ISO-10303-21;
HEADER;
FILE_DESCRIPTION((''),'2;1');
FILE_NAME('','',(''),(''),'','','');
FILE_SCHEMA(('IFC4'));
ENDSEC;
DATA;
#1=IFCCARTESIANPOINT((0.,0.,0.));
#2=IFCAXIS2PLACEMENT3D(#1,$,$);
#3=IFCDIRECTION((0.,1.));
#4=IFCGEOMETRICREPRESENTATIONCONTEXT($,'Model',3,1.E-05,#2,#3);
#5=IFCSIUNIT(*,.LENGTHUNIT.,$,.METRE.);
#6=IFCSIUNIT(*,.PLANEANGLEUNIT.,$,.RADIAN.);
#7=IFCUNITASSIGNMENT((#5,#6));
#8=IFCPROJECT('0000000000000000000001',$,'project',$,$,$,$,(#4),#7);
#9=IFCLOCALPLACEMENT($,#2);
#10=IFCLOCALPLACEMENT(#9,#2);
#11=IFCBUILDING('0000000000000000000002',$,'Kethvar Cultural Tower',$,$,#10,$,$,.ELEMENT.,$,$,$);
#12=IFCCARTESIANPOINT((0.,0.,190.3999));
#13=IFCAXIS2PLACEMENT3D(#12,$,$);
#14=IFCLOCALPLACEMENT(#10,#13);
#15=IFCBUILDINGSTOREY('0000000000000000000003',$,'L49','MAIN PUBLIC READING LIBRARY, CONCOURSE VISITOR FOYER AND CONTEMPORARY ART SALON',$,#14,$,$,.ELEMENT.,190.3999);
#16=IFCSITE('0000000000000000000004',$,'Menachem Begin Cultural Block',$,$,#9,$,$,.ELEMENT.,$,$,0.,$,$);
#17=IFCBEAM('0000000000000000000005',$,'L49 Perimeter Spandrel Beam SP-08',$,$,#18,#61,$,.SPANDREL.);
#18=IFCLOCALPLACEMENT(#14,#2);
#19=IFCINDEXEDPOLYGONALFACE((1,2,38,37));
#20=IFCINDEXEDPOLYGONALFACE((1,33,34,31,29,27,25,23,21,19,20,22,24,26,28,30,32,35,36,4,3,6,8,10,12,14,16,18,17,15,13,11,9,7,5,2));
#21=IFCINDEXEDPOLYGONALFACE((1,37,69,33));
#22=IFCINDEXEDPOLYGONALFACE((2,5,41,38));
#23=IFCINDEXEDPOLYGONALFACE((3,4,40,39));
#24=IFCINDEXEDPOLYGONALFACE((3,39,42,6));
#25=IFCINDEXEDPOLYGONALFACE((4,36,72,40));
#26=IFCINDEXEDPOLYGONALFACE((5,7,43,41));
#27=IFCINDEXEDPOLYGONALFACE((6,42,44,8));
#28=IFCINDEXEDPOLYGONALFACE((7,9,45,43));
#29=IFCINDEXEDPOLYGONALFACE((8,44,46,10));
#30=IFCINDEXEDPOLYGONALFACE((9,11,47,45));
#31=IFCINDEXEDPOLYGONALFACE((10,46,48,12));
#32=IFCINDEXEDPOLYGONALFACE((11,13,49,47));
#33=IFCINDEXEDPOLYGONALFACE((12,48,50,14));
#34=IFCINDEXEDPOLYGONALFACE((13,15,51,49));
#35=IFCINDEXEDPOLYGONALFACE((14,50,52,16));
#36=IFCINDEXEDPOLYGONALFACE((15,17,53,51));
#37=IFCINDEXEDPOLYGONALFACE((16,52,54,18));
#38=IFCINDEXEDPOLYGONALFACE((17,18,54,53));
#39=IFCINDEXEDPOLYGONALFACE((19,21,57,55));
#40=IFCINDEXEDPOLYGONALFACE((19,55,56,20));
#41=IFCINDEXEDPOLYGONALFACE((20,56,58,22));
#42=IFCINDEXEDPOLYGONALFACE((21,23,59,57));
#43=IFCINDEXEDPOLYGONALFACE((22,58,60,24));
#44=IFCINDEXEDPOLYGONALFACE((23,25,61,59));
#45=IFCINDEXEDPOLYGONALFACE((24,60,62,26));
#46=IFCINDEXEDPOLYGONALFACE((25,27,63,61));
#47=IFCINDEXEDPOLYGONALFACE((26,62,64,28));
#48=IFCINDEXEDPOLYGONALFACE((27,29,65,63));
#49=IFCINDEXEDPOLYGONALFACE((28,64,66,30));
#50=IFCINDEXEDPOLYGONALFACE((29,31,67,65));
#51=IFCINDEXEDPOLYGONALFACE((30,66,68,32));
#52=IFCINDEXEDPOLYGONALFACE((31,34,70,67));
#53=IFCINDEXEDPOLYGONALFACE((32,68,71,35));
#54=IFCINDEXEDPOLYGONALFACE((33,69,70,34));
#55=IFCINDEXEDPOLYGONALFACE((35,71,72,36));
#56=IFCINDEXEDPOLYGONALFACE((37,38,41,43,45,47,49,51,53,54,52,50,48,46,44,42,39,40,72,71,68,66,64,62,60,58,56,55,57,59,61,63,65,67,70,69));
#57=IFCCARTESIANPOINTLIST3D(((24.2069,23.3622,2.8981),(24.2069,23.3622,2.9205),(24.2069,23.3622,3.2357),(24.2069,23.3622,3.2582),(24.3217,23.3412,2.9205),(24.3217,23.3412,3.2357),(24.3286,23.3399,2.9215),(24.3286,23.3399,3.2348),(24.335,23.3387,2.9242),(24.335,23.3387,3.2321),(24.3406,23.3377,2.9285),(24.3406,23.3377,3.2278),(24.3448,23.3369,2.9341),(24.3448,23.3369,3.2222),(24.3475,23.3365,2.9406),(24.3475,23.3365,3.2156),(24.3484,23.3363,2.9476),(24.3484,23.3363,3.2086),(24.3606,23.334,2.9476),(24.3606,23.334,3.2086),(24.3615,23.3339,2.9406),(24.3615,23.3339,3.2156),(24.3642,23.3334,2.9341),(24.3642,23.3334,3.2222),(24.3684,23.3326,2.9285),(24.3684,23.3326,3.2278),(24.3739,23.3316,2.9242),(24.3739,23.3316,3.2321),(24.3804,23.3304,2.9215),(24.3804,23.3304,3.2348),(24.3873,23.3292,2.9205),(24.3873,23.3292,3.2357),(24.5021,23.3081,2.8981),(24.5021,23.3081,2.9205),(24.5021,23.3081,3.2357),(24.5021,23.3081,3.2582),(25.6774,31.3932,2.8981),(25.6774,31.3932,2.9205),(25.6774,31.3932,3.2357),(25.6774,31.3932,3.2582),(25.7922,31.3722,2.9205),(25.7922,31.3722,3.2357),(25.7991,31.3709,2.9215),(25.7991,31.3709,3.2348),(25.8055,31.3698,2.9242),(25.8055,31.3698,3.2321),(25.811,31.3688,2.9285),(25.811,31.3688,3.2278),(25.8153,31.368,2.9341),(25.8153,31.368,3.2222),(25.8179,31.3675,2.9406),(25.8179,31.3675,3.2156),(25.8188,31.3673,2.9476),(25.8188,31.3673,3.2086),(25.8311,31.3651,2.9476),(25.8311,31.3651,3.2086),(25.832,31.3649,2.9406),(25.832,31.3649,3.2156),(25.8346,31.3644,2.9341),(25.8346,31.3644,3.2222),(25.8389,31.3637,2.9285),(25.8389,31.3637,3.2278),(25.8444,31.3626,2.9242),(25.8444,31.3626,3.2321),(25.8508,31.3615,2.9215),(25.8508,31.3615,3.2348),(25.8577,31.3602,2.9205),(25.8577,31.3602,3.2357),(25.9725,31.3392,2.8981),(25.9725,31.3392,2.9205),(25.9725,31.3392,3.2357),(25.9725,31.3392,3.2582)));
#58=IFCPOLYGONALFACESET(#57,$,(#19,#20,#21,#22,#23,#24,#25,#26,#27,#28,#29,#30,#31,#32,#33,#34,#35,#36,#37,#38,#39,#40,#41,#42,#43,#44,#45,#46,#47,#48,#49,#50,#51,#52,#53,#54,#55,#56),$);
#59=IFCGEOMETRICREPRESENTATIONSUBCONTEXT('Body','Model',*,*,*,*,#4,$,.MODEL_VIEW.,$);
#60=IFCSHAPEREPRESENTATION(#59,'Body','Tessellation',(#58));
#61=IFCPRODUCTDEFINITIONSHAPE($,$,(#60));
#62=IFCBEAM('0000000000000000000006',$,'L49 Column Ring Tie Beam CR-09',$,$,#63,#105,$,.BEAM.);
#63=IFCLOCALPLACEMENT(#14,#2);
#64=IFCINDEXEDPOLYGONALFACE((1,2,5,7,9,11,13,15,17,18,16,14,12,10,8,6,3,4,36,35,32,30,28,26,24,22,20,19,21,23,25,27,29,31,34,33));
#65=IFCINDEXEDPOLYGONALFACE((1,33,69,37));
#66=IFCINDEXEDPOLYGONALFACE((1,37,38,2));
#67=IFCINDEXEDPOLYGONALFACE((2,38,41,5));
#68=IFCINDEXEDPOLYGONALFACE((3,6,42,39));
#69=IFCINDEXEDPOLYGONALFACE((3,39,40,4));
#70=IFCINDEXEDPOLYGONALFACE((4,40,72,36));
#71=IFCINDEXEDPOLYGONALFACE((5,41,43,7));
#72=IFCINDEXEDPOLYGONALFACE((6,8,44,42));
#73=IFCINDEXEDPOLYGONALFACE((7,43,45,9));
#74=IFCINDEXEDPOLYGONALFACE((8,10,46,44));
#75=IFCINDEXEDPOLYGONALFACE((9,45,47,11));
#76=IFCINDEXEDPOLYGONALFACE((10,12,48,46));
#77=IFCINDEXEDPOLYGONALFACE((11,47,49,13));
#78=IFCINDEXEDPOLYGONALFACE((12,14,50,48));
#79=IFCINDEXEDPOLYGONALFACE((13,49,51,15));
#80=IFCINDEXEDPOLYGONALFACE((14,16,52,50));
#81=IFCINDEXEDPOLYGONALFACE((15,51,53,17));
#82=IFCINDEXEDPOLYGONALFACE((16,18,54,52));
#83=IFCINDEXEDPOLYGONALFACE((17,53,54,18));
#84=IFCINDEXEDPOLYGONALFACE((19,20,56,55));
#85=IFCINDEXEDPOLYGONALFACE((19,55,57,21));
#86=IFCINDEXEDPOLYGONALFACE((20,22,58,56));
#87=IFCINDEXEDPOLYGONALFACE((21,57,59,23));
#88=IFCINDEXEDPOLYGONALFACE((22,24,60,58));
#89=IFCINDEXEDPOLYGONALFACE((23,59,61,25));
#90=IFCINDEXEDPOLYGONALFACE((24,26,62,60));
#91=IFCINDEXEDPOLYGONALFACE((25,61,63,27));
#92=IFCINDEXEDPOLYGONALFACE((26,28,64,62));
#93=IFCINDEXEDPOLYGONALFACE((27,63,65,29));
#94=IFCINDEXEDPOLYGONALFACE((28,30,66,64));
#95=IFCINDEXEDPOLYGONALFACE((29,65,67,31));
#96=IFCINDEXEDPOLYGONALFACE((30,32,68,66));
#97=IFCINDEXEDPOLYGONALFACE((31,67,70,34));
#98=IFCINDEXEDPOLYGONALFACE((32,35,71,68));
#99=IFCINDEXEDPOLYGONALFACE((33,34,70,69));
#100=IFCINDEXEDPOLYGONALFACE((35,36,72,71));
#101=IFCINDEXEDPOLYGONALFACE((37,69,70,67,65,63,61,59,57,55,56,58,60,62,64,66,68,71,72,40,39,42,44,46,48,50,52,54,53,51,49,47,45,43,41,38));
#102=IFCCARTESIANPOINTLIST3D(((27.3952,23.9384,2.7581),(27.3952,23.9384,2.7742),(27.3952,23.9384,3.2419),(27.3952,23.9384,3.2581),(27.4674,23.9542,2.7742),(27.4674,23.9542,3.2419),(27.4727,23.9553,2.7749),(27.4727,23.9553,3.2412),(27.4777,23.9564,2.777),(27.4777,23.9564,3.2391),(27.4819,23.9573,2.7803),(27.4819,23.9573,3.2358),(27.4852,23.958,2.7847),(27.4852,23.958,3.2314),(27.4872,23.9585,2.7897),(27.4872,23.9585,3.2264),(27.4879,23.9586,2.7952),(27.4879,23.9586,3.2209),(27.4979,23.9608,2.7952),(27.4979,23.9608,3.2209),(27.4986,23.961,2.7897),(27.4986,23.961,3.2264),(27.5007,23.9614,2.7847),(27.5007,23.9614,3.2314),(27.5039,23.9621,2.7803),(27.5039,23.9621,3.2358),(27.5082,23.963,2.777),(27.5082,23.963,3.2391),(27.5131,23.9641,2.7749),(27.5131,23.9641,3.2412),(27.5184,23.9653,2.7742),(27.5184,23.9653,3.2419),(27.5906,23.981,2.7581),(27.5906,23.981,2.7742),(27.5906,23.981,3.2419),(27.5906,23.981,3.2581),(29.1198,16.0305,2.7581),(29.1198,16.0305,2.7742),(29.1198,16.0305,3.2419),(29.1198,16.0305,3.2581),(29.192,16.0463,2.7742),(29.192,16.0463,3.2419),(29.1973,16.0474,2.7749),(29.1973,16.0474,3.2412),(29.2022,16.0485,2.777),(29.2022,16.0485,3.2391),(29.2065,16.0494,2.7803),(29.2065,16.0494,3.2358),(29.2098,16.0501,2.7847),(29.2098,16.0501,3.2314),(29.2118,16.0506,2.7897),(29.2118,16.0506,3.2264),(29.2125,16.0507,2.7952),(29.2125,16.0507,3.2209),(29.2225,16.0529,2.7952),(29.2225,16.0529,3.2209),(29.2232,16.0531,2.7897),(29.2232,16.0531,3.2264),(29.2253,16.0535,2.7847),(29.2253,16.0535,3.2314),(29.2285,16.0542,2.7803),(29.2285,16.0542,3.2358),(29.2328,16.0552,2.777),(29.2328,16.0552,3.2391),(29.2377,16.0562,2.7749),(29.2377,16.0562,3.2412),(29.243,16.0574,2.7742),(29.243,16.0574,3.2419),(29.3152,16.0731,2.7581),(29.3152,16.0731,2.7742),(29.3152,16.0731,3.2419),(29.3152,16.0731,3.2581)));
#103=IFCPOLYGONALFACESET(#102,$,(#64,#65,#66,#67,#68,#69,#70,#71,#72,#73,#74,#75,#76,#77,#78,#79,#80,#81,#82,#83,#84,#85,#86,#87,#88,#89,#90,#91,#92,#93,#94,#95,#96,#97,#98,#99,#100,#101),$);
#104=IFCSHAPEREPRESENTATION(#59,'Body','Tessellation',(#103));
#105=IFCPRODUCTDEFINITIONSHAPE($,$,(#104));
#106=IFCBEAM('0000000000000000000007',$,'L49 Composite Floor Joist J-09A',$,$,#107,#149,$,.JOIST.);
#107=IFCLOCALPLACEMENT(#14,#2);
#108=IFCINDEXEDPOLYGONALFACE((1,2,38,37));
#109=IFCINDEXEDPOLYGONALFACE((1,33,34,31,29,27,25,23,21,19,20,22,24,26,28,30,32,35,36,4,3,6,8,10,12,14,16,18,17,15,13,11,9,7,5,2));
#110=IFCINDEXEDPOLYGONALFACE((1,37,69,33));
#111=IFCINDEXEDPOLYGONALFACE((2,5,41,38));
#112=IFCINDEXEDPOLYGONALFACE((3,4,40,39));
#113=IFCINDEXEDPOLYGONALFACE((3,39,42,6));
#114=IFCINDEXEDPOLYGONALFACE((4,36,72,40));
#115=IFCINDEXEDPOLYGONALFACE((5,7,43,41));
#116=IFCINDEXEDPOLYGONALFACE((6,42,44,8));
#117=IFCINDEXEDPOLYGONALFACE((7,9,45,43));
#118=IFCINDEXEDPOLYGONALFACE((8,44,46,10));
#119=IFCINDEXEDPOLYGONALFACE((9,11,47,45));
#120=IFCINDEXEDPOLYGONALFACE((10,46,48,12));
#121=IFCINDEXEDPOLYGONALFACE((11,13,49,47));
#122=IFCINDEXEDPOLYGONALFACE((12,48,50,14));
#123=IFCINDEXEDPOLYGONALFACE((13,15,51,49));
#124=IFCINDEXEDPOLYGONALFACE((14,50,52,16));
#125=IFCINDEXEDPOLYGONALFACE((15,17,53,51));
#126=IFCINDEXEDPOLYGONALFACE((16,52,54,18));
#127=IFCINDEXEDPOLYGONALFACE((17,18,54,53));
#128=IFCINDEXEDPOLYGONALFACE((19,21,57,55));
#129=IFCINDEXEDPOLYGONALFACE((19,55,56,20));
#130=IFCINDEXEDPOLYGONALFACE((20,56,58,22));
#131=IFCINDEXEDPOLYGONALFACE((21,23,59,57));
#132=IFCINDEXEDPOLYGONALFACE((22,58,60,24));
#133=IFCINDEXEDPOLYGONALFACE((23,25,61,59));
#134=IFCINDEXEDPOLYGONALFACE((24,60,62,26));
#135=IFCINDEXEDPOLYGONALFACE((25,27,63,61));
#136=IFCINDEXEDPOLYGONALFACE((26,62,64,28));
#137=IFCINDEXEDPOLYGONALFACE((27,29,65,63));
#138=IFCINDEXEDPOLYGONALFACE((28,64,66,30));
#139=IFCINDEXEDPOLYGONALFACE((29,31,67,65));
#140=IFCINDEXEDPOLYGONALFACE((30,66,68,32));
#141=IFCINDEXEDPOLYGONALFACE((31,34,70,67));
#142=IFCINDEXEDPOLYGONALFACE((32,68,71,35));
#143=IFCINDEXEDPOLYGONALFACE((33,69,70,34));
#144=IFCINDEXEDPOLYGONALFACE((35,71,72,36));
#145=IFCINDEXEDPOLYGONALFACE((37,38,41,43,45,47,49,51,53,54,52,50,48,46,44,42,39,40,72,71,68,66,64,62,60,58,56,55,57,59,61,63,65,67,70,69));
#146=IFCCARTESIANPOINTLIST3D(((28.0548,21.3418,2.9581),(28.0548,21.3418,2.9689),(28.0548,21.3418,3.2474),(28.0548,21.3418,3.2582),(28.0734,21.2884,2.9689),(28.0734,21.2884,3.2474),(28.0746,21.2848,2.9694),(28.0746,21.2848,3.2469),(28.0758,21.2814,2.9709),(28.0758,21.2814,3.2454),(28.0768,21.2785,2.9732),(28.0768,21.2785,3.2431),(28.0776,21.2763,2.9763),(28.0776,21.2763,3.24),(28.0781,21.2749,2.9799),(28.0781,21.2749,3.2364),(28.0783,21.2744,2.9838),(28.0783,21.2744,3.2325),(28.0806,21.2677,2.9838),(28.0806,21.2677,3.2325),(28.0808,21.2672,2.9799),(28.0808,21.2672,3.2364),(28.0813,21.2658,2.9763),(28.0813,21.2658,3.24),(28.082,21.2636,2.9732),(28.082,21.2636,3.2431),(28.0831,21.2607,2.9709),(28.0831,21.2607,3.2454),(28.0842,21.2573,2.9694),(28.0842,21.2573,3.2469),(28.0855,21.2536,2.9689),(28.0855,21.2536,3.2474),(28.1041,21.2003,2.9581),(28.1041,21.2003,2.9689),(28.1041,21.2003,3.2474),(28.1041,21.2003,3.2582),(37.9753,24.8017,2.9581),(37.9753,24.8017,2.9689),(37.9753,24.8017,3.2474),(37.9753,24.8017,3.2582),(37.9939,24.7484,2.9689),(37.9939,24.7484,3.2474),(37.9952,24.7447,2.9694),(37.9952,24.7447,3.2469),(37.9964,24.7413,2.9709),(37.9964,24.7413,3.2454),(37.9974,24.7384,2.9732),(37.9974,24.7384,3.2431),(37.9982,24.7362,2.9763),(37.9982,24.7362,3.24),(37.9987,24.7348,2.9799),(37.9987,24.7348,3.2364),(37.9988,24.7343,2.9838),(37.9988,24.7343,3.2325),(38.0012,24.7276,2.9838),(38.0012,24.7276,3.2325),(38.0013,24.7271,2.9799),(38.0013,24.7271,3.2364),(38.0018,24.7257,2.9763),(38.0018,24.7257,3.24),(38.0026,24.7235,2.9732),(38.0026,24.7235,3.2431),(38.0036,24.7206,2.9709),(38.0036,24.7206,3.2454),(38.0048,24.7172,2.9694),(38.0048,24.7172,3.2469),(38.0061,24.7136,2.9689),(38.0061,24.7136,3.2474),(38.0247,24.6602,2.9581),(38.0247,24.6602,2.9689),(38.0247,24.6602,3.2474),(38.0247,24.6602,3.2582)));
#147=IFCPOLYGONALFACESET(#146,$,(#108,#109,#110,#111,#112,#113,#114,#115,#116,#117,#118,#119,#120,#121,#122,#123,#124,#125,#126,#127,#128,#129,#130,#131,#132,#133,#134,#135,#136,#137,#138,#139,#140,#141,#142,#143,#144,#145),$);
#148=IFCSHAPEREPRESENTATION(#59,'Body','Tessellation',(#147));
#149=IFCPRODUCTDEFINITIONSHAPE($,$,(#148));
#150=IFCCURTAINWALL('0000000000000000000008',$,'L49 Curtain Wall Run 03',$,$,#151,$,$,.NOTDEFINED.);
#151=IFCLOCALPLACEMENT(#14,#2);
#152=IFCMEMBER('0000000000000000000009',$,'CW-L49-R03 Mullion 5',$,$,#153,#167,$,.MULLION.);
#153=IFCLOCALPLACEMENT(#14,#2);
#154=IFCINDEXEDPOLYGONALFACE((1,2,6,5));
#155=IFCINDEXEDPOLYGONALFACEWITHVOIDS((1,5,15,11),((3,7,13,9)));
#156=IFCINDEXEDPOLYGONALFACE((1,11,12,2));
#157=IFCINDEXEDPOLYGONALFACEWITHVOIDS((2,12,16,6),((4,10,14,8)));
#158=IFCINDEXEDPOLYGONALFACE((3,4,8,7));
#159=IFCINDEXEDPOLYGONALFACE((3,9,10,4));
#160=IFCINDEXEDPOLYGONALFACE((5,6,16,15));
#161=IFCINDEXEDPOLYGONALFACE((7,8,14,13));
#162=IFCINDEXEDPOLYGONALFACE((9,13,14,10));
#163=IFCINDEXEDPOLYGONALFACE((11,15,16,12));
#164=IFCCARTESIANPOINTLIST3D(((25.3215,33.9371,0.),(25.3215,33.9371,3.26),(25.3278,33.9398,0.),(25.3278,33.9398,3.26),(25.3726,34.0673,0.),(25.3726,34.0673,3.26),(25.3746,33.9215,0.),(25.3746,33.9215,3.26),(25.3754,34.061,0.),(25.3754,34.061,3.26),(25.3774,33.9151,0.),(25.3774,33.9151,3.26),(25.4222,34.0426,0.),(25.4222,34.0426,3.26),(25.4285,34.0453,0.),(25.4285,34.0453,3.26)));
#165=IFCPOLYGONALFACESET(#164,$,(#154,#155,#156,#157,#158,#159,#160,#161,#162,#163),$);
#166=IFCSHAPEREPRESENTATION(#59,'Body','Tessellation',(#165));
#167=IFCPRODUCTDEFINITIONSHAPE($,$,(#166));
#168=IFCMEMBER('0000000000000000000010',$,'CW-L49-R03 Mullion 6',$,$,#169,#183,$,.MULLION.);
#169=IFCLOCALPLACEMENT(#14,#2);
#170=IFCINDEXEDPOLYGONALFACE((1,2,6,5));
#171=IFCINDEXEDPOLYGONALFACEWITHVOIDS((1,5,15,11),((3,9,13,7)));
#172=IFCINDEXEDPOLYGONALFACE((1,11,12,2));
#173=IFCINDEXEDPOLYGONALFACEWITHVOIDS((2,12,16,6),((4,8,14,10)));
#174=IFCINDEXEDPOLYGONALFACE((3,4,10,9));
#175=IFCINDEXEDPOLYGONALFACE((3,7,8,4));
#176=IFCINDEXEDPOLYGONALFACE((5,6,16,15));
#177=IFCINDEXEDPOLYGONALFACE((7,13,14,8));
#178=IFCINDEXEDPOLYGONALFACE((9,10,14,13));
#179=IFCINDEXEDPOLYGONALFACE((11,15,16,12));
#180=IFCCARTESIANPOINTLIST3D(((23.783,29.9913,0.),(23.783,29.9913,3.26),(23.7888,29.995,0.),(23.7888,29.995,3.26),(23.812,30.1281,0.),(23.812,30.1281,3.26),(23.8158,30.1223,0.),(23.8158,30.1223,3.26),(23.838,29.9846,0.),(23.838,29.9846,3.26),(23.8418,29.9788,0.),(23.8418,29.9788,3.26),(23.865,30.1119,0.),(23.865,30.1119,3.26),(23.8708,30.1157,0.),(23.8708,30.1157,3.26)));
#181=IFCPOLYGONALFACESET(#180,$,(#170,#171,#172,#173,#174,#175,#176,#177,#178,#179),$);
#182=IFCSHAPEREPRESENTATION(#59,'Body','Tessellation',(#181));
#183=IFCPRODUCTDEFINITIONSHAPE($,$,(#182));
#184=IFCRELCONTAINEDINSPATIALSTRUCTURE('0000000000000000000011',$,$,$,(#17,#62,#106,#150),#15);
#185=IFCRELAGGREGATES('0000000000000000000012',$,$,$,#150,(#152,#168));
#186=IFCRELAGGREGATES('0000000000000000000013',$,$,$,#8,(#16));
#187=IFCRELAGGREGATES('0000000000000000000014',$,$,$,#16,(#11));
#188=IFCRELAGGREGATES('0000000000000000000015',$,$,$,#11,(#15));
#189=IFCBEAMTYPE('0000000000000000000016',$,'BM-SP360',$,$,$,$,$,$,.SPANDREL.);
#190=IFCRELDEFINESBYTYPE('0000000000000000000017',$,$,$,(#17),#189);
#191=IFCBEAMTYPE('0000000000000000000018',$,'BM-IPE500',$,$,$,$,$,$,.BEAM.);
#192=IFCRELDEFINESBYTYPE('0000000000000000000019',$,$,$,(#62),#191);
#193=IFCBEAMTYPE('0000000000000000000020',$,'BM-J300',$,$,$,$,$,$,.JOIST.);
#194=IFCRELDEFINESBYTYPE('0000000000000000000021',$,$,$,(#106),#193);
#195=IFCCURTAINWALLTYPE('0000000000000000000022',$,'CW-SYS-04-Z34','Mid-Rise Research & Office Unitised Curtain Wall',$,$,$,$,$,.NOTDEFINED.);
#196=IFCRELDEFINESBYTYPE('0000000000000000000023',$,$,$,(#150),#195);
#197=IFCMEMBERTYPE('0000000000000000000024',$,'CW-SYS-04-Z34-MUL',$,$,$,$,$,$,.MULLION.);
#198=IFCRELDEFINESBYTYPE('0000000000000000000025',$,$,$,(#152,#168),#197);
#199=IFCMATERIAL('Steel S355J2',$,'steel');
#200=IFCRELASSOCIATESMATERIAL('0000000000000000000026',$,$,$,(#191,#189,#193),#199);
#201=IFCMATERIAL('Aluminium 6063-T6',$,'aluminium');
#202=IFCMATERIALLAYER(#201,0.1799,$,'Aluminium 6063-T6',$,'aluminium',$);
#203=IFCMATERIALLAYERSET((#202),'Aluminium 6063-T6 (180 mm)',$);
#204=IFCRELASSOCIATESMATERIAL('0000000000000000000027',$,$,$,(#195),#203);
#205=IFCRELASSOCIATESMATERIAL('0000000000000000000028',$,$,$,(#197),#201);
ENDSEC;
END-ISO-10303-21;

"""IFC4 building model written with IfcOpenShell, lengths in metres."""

from ifc_helpers import new_model, si_unit, direction, frame, origin, origin_2d, place, context, subcontext, project, spatial, hollow_rectangle, i_section, extrude, source, transform, mapped, material, layer, layer_set, material_profile, profile_set, type_object, element, aggregate, save


model = new_model("IFC4")

# Units and contexts
model_context = context("Model", 3, precision=1e-05, world=origin(), true_north=direction((0.0, 1.0)))
body_context = subcontext(model_context, "Body", "Model", "MODEL_VIEW")
ifc_project = project(units=[si_unit("LENGTHUNIT", "METRE"), si_unit("PLANEANGLEUNIT", "RADIAN")], contexts=[model_context])

# Site, building, storey
site_placement = place(None, origin())
site = spatial("IfcSite", under=ifc_project, at=site_placement, Name="Menachem Begin Cultural Block", CompositionType="ELEMENT", RefElevation=0.0)
building_placement = place(site_placement, origin())
building = spatial("IfcBuilding", under=site, at=building_placement, Name="Kethvar Cultural Tower", CompositionType="ELEMENT")
storey_placement = place(building_placement, frame((0.0, 0.0, 190.3999)))
storey = spatial("IfcBuildingStorey", under=building, at=storey_placement, Name="L49", Description="MAIN PUBLIC READING LIBRARY, CONCOURSE VISITOR FOYER AND CONTEMPORARY ART SALON", CompositionType="ELEMENT", Elevation=190.3999)

# Beams
ifc_material_1 = material(Name="Steel S355J2", Category="steel")
ifc_material_profile_1 = material_profile(ifc_material_1, i_section(OverallWidth=0.2, OverallDepth=0.5, WebThickness=0.0103, FlangeThickness=0.0161, FilletRadius=0.021, at=origin_2d()), Name="Steel S355J2 — IPE500")
ifc_profile_set_1 = profile_set([ifc_material_profile_1], Name="Steel S355J2 — IPE500")
beam_type_1 = type_object("IfcBeamType", Name="BM-IPE500", PredefinedType="BEAM", material=ifc_profile_set_1)
ifc_material_profile_2 = material_profile(ifc_material_1, i_section(OverallWidth=0.3, OverallDepth=0.3601, WebThickness=0.0125, FlangeThickness=0.0225, FilletRadius=0.0271, at=origin_2d()), Name="Steel S355J2 — HEB360")
ifc_profile_set_2 = profile_set([ifc_material_profile_2], Name="Steel S355J2 — HEB360")
beam_type_2 = type_object("IfcBeamType", Name="BM-SP360", PredefinedType="SPANDREL", material=ifc_profile_set_2)
shared_shape_1 = source(origin(), body_context, "Body", "SweptSolid", [
    extrude(i_section(OverallWidth=0.3, OverallDepth=0.3601, WebThickness=0.0125, FlangeThickness=0.0225, FilletRadius=0.0271, at=origin_2d()), origin(), (0.0, 0.0, 1.0), 8.1646),
])
beam_1_placement = place(storey_placement, frame((25.825, 31.3662, 3.0781), z_axis=(-0.180104, -0.983648, 0.0), x_axis=(0.983648, -0.180104, 0.0)))
element("IfcBeam", 1, at=beam_1_placement, inside=storey, type_object=beam_type_2, Name="L49 Perimeter Spandrel Beam SP-08", PredefinedType="SPANDREL", context=body_context, shape_type="MappedRepresentation", body=[
    mapped(shared_shape_1, transform((0.0, 0.0, 0.0), scale=1.0)),
])
shared_shape_2 = source(origin(), body_context, "Body", "SweptSolid", [
    extrude(i_section(OverallWidth=0.2, OverallDepth=0.5, WebThickness=0.0103, FlangeThickness=0.0161, FilletRadius=0.021, at=origin_2d()), origin(), (0.0, 0.0, 1.0), 8.0938),
])
beam_2_placement = place(storey_placement, frame((27.4929, 23.9597, 3.0081), z_axis=(0.213077, -0.977035, 0.0), x_axis=(0.977035, 0.213077, 0.0)))
element("IfcBeam", 2, at=beam_2_placement, inside=storey, type_object=beam_type_1, Name="L49 Column Ring Tie Beam CR-09", PredefinedType="BEAM", context=body_context, shape_type="MappedRepresentation", body=[
    mapped(shared_shape_2, transform((0.0, 0.0, 0.0), scale=1.0)),
])
ifc_material_profile_3 = material_profile(ifc_material_1, i_section(OverallWidth=0.1499, OverallDepth=0.3, WebThickness=0.0071, FlangeThickness=0.0107, FilletRadius=0.0149, at=origin_2d()), Name="Steel S355J2 — IPE300")
ifc_profile_set_3 = profile_set([ifc_material_profile_3], Name="Steel S355J2 — IPE300")
beam_type_3 = type_object("IfcBeamType", Name="BM-J300", PredefinedType="JOIST", material=ifc_profile_set_3)
shared_shape_3 = source(origin(), body_context, "Body", "SweptSolid", [
    extrude(i_section(OverallWidth=0.1499, OverallDepth=0.3, WebThickness=0.0071, FlangeThickness=0.0107, FilletRadius=0.0149, at=origin_2d()), origin(), (0.0, 0.0, 1.0), 10.5066),
])
beam_3_placement = place(storey_placement, frame((38.0, 24.731, 3.1082), z_axis=(-0.944222, -0.32931, 0.0), x_axis=(0.32931, -0.944222, 0.0)))
element("IfcBeam", 3, at=beam_3_placement, inside=storey, type_object=beam_type_3, Name="L49 Composite Floor Joist J-09A", PredefinedType="JOIST", context=body_context, shape_type="MappedRepresentation", body=[
    mapped(shared_shape_3, transform((0.0, 0.0, 0.0), scale=1.0)),
])

# Curtain wall, members
ifc_material_2 = material(Name="Aluminium 6063-T6", Category="aluminium")
ifc_layer_1 = layer(ifc_material_2, 0.1799, Name="Aluminium 6063-T6", Category="aluminium")
ifc_layer_set_1 = layer_set([ifc_layer_1], Name="Aluminium 6063-T6 (180 mm)")
curtain_wall_type = type_object("IfcCurtainWallType", Name="CW-SYS-04-Z34", Description="Mid-Rise Research & Office Unitised Curtain Wall", PredefinedType="NOTDEFINED", material=ifc_layer_set_1)
curtain_wall_1_placement = place(storey_placement, origin())
curtain_wall_1 = element("IfcCurtainWall", 4, at=curtain_wall_1_placement, inside=storey, type_object=curtain_wall_type, Name="L49 Curtain Wall Run 03", PredefinedType="NOTDEFINED")
ifc_material_profile_4 = material_profile(ifc_material_2, hollow_rectangle(XDim=0.0601, YDim=0.1399, WallThickness=0.0049, at=origin_2d()), Name="Aluminium 6063-T6 — RHS140x60x5")
ifc_profile_set_4 = profile_set([ifc_material_profile_4], Name="Aluminium 6063-T6 — RHS140x60x5")
member_type_1 = type_object("IfcMemberType", Name="CW-SYS-04-Z34-MUL", PredefinedType="MULLION", material=ifc_profile_set_4)
shared_shape_4 = source(origin(), body_context, "Body", "SweptSolid", [
    extrude(hollow_rectangle(XDim=0.0601, YDim=0.1399, WallThickness=0.0049, at=origin_2d()), origin(), (0.0, 0.0, 1.0), 3.26),
])
member_1_placement = place(storey_placement, frame((25.375, 33.9912, 0.0), z_axis=(0.0, 0.0, 1.0), x_axis=(0.930782, -0.365575, 0.0)))
member_1 = element("IfcMember", 5, at=member_1_placement, type_object=member_type_1, Name="CW-L49-R03 Mullion 5", PredefinedType="MULLION", context=body_context, shape_type="MappedRepresentation", body=[
    mapped(shared_shape_4, transform((0.0, 0.0, 0.0), scale=1.0)),
])
member_2_placement = place(storey_placement, frame((23.8269, 30.0535, 0.0), z_axis=(0.0, 0.0, 1.0), x_axis=(0.978303, -0.207178, 0.0)))
member_2 = element("IfcMember", 6, at=member_2_placement, type_object=member_type_1, Name="CW-L49-R03 Mullion 6", PredefinedType="MULLION", context=body_context, shape_type="MappedRepresentation", body=[
    mapped(shared_shape_4, transform((0.0, 0.0, 0.0), scale=1.0)),
])

aggregate(curtain_wall_1, [member_1, member_2])

save(model, "model.ifc")
